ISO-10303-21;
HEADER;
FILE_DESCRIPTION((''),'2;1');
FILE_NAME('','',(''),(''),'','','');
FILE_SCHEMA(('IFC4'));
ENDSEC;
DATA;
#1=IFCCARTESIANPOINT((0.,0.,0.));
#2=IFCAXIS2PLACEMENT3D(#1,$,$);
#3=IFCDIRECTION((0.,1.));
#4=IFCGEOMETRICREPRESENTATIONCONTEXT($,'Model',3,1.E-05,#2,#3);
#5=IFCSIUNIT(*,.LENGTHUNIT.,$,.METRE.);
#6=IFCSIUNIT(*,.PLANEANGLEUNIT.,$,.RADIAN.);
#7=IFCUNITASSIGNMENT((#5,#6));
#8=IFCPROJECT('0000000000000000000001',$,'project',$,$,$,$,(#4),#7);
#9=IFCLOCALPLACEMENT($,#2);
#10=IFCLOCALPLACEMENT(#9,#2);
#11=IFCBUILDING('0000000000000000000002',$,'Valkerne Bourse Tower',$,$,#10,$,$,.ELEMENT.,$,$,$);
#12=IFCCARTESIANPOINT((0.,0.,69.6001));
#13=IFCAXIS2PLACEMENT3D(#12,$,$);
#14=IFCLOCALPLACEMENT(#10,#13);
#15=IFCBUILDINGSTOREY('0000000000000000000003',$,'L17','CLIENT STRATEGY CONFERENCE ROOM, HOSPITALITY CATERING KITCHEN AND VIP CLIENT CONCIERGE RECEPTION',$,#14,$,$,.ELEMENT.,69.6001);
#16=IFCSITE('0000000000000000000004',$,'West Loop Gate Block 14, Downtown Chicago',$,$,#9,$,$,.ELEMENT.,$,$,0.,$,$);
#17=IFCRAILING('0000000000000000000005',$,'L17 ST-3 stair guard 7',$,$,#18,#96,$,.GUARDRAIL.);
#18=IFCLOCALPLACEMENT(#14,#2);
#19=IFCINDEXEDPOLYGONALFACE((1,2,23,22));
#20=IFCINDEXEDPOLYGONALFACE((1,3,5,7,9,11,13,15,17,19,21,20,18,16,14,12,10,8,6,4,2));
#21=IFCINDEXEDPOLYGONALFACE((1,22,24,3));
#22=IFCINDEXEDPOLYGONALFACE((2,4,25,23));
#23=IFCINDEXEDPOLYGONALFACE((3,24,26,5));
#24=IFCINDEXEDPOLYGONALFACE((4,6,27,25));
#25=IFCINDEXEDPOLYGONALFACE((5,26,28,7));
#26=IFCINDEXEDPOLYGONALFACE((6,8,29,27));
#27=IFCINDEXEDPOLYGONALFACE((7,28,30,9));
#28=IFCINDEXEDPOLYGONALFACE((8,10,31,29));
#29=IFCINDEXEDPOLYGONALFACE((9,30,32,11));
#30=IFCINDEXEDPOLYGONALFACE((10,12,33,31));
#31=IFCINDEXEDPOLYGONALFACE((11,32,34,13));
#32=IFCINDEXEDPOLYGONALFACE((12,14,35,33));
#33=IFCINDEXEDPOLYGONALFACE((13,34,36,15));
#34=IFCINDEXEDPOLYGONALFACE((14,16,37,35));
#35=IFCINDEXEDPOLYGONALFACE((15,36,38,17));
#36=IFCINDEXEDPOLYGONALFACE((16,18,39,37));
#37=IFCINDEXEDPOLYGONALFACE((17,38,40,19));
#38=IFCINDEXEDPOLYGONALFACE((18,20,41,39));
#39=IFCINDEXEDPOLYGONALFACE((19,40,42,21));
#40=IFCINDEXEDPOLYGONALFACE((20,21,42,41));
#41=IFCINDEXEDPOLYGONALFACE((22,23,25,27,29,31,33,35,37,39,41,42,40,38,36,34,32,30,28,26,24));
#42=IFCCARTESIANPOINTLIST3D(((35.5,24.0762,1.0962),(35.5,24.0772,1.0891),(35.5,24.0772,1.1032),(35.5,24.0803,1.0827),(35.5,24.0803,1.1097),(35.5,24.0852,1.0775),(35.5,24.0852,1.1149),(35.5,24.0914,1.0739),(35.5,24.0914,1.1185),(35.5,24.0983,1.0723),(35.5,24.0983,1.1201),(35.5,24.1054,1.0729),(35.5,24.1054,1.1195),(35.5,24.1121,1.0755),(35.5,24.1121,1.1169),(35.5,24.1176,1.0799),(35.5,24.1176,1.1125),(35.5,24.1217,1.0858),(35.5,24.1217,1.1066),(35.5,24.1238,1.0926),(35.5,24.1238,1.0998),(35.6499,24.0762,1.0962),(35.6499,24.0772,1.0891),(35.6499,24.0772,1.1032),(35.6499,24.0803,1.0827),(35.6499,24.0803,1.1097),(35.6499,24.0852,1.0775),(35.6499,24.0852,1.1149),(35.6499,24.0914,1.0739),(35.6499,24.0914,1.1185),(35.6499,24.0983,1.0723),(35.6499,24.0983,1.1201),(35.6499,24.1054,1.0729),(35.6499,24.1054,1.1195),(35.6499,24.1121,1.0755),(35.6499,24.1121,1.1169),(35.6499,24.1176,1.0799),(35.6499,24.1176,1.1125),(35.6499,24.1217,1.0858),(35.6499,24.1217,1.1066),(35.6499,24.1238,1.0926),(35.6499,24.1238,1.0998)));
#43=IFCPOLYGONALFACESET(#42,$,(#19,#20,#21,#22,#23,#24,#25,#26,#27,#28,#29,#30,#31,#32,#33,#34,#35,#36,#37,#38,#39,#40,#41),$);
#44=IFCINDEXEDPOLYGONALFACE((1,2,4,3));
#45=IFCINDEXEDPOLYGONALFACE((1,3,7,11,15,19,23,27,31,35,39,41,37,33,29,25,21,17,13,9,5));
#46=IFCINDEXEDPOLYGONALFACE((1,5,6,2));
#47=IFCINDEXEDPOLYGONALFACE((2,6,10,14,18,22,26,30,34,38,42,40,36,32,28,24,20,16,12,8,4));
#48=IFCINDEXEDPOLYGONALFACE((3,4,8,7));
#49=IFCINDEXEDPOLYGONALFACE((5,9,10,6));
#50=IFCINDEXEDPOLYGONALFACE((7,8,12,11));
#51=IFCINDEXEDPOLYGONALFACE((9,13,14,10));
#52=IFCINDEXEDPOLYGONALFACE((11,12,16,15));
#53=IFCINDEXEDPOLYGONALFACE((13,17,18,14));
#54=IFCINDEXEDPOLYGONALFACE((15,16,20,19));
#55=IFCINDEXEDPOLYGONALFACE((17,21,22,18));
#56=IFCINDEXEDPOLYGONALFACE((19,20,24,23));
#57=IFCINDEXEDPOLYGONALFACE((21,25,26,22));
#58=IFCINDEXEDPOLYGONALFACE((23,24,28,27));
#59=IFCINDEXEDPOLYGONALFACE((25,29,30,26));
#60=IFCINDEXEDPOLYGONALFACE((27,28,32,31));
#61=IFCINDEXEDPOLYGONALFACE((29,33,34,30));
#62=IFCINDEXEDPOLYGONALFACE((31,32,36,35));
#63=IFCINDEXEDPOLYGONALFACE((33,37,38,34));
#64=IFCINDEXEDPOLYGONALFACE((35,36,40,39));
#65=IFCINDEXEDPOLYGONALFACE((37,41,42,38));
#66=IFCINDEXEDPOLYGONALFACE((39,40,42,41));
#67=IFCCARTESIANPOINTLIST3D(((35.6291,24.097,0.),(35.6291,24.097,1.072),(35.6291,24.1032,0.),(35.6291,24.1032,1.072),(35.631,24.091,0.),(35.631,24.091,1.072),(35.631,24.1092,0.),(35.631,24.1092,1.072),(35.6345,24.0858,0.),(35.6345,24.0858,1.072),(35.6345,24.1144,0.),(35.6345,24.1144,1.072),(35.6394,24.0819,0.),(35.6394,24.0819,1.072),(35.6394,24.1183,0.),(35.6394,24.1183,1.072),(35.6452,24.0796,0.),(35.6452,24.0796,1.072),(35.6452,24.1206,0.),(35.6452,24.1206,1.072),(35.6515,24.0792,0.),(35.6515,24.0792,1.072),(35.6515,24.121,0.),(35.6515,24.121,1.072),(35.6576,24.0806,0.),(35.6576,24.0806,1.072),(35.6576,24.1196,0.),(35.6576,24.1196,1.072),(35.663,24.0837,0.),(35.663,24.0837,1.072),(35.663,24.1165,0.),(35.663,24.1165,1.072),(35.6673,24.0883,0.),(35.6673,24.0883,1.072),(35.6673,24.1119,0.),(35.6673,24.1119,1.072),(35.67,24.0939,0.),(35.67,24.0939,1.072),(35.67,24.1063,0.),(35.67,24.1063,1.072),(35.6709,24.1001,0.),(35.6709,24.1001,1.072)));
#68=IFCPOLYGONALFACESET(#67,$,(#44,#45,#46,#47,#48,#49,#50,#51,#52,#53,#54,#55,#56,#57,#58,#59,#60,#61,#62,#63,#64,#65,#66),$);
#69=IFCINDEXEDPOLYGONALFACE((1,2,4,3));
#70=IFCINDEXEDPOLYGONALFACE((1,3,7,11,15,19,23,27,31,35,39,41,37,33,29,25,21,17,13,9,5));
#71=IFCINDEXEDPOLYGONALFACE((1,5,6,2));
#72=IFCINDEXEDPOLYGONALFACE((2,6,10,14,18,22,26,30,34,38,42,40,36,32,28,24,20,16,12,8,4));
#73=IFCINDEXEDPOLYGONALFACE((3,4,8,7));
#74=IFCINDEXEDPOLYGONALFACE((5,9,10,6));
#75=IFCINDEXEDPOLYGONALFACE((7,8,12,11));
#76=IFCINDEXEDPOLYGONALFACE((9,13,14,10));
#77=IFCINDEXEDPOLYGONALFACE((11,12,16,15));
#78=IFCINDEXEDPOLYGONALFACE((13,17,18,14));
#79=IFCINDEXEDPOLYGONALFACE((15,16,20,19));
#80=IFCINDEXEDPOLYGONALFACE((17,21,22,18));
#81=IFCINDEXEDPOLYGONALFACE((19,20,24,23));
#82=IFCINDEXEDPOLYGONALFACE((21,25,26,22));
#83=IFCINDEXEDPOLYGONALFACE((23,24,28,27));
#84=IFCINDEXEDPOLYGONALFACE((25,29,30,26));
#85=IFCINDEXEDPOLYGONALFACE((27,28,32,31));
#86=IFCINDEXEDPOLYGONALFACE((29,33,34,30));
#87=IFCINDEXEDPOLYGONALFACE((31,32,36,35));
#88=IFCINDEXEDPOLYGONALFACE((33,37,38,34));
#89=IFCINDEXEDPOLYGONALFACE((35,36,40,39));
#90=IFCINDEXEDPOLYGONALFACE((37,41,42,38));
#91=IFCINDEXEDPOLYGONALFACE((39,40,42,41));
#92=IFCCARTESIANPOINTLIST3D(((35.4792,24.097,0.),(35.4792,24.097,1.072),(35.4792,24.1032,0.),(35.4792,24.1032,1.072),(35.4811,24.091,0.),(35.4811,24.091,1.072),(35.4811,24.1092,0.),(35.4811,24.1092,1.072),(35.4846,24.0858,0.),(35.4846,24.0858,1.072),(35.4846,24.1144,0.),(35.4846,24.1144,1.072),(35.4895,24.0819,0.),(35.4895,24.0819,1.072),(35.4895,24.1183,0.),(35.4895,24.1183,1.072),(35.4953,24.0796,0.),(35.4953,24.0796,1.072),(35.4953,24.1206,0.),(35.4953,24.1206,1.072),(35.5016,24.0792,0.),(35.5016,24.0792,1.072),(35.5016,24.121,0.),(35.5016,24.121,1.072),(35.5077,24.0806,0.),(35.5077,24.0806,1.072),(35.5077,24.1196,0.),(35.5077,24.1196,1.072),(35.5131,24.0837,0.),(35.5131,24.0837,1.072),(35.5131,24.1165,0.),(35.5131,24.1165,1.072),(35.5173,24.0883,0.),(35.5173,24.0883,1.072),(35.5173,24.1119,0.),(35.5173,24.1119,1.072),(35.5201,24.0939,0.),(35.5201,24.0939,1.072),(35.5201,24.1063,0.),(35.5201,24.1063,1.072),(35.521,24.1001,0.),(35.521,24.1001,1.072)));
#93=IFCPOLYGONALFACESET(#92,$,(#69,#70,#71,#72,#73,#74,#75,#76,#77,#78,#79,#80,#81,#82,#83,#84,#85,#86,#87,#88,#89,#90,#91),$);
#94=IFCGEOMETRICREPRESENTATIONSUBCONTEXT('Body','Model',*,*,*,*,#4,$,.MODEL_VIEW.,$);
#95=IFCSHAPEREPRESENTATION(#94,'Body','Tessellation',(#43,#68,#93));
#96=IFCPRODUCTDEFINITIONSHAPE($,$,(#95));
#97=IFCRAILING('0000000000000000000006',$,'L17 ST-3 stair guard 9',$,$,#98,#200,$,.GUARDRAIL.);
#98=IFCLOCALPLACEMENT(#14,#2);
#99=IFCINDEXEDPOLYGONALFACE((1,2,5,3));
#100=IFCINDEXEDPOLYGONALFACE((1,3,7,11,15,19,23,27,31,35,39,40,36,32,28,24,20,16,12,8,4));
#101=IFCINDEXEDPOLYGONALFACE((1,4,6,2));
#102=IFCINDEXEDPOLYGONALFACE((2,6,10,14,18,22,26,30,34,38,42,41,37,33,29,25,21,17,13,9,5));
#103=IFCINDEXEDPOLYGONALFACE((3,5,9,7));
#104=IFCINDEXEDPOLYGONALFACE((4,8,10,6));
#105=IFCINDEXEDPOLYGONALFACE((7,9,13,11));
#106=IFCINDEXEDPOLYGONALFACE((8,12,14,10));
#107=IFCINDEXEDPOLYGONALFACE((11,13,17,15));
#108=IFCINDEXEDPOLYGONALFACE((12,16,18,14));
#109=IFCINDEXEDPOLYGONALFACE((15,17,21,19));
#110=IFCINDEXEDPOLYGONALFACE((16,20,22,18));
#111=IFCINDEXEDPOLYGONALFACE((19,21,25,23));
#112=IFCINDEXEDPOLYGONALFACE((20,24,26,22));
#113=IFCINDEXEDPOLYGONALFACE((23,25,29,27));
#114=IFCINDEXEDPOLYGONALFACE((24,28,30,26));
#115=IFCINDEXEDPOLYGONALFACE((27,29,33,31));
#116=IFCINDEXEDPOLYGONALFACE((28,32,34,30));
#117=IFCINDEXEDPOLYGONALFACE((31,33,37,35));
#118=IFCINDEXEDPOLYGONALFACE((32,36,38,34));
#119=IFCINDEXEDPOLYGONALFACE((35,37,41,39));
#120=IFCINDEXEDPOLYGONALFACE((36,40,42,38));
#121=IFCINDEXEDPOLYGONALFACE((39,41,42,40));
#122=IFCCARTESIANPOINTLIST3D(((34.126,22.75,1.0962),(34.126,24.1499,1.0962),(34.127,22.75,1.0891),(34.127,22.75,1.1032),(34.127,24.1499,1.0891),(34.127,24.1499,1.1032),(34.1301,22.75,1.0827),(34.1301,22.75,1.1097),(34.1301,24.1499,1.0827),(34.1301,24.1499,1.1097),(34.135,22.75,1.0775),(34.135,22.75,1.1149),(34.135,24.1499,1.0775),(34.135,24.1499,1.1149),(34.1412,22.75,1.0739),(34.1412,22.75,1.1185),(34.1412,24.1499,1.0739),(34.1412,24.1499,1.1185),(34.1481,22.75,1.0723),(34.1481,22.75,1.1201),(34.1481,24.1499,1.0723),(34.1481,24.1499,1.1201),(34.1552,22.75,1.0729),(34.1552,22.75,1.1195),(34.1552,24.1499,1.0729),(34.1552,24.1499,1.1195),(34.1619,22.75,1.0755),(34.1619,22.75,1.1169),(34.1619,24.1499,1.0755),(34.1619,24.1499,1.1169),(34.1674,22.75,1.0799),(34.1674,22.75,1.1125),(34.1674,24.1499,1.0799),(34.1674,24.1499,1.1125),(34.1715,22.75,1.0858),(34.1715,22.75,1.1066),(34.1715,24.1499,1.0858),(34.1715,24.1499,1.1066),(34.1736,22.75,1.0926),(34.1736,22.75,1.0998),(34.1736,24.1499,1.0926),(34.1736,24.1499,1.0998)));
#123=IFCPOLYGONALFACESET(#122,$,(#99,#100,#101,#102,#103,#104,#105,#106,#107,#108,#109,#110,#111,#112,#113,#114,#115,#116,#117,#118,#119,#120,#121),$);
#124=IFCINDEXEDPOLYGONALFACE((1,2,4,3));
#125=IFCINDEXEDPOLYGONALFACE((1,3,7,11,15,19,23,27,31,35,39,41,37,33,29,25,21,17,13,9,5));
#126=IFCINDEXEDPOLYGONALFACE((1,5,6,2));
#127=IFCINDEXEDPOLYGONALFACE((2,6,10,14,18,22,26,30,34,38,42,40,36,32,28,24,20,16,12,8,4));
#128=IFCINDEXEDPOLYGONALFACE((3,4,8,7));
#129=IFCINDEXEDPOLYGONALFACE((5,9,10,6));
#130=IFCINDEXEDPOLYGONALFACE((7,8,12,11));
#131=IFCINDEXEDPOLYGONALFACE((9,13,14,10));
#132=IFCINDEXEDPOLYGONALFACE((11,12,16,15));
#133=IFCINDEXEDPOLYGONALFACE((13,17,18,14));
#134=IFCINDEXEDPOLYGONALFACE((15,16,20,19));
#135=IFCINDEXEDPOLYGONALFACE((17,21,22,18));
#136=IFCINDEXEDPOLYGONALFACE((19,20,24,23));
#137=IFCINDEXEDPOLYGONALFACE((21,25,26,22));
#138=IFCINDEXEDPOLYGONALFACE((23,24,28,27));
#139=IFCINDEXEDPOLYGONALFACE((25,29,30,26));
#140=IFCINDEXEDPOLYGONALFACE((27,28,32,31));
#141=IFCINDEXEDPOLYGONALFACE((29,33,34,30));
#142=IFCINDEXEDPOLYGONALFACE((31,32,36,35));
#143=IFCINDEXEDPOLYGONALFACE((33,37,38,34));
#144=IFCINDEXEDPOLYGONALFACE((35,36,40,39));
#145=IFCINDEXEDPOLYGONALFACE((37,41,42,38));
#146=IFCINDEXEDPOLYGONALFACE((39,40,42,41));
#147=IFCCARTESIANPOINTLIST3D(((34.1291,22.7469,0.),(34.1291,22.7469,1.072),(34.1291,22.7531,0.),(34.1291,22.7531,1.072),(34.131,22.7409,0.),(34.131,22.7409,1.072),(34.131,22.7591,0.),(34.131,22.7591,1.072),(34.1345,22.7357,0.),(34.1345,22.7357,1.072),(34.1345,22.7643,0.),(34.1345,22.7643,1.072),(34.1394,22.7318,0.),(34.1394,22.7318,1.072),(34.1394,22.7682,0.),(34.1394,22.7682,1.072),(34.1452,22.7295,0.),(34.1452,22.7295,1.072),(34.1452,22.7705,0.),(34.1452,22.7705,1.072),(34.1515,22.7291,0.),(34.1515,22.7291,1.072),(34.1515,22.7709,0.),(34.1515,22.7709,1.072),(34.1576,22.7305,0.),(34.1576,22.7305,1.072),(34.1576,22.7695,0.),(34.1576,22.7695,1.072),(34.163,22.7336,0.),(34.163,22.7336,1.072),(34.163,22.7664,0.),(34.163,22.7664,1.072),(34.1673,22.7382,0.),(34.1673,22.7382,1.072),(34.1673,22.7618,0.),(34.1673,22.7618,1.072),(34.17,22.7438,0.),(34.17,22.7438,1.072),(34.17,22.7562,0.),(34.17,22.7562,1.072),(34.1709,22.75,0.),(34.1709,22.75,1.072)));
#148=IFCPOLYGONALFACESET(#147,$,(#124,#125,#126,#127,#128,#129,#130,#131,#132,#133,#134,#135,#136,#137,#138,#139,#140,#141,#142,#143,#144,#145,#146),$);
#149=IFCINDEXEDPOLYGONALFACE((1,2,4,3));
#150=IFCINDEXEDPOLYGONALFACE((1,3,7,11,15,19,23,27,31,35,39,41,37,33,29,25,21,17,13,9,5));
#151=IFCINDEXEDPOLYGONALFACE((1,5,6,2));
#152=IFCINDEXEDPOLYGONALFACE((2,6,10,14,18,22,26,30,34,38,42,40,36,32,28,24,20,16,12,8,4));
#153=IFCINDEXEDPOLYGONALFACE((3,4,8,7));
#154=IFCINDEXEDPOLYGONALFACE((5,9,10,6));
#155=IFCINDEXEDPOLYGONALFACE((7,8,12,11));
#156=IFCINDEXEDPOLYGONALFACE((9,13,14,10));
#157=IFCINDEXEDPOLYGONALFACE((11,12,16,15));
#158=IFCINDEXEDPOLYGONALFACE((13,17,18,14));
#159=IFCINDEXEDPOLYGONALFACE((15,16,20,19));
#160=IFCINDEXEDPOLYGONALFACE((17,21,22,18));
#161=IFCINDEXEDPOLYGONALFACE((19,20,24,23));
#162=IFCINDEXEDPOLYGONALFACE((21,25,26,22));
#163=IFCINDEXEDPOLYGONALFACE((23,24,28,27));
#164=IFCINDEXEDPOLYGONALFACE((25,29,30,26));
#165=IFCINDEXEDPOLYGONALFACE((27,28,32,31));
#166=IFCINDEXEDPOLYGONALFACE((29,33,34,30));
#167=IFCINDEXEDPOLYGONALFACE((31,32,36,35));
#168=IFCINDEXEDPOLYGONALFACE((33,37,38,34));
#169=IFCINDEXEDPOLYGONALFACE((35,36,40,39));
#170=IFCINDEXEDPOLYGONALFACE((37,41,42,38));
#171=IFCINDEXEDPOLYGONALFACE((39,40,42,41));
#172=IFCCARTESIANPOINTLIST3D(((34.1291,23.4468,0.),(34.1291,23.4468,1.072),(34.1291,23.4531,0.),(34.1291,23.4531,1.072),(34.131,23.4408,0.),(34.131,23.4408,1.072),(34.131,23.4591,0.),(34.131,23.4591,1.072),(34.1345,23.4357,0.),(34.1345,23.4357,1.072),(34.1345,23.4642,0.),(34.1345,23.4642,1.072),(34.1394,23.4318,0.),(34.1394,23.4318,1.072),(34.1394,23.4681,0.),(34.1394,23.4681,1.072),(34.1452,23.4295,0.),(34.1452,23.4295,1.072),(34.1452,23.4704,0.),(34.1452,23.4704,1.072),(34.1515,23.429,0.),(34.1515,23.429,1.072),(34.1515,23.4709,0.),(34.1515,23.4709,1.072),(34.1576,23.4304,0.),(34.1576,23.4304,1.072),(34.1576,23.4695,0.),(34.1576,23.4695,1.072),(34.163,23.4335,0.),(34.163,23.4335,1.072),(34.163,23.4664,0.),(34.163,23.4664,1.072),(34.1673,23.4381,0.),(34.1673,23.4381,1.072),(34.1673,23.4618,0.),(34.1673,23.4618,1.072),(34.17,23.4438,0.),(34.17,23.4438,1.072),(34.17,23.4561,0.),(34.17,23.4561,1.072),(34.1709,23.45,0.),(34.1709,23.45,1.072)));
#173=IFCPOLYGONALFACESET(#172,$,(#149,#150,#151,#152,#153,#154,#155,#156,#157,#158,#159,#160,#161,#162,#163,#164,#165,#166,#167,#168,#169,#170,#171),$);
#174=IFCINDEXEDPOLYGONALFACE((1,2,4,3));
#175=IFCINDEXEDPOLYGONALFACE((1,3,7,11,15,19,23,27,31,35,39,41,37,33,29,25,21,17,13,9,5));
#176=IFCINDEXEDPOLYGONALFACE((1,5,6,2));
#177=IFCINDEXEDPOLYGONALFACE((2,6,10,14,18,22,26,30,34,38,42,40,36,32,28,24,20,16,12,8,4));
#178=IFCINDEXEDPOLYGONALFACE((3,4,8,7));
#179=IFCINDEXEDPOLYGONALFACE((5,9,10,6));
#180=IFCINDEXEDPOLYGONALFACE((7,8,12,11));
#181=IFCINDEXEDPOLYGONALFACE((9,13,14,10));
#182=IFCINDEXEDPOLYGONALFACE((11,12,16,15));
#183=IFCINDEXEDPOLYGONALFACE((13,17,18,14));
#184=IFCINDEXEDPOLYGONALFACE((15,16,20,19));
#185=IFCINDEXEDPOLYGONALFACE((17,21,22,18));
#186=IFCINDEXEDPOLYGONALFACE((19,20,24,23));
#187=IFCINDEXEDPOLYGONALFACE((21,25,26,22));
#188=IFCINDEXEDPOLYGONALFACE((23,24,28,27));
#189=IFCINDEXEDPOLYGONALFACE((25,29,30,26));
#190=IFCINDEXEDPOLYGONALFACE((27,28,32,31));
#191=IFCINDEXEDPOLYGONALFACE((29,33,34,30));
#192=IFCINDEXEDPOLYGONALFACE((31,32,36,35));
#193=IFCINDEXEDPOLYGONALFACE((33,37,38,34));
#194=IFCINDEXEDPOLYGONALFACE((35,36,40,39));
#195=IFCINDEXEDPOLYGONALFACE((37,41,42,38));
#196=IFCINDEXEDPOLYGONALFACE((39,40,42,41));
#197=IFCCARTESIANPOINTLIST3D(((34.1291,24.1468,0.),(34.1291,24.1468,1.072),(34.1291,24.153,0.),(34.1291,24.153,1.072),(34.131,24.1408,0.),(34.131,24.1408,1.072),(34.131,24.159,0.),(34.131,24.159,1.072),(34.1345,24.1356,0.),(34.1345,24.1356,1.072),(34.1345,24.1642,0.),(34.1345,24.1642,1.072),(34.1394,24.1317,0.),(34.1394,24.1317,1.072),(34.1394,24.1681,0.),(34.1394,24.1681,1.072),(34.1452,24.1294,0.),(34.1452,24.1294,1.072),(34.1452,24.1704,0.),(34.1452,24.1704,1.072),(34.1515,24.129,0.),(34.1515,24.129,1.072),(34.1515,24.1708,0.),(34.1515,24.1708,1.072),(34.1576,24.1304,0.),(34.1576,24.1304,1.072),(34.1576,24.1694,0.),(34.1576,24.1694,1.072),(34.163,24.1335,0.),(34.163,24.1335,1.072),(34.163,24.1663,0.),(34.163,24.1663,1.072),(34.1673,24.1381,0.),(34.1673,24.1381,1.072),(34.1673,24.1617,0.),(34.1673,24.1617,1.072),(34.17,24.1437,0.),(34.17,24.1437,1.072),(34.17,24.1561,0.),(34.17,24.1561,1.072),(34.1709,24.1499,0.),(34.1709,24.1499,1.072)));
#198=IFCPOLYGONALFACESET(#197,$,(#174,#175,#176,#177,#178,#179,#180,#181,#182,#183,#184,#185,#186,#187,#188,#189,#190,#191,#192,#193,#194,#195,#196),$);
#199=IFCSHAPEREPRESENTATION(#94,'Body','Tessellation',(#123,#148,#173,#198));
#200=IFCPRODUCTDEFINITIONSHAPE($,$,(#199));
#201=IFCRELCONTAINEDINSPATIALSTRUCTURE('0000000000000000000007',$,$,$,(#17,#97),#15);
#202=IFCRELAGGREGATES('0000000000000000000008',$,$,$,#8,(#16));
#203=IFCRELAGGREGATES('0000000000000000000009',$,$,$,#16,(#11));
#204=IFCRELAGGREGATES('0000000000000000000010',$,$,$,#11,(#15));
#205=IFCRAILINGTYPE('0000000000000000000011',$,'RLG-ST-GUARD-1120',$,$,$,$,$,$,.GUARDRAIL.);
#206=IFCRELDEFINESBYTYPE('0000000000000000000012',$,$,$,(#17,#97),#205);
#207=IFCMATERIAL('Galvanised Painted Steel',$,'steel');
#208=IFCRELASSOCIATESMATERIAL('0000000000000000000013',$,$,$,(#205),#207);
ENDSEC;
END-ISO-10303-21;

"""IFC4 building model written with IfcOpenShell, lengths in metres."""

from ifc_helpers import new_model, si_unit, direction, frame, origin, origin_2d, place, context, subcontext, project, spatial, circle, extrude, material, type_object, element, save


model = new_model("IFC4")

# Units and contexts
model_context = context("Model", 3, precision=1e-05, world=origin(), true_north=direction((0.0, 1.0)))
body_context = subcontext(model_context, "Body", "Model", "MODEL_VIEW")
ifc_project = project(units=[si_unit("LENGTHUNIT", "METRE"), si_unit("PLANEANGLEUNIT", "RADIAN")], contexts=[model_context])

# Site, building, storey
site_placement = place(None, origin())
site = spatial("IfcSite", under=ifc_project, at=site_placement, Name="West Loop Gate Block 14, Downtown Chicago", CompositionType="ELEMENT", RefElevation=0.0)
building_placement = place(site_placement, origin())
building = spatial("IfcBuilding", under=site, at=building_placement, Name="Valkerne Bourse Tower", CompositionType="ELEMENT")
storey_placement = place(building_placement, frame((0.0, 0.0, 69.6001)))
storey = spatial("IfcBuildingStorey", under=building, at=storey_placement, Name="L17", Description="CLIENT STRATEGY CONFERENCE ROOM, HOSPITALITY CATERING KITCHEN AND VIP CLIENT CONCIERGE RECEPTION", CompositionType="ELEMENT", Elevation=69.6001)

# Shared definitions
ifc_material_1 = material(Name="Galvanised Painted Steel", Category="steel")

# Railings
railing_type = type_object("IfcRailingType", Name="RLG-ST-GUARD-1120", PredefinedType="GUARDRAIL", material=ifc_material_1)
railing_1_placement = place(storey_placement, frame((35.6499, 24.1001, 0.0)))
element("IfcRailing", 1, at=railing_1_placement, inside=storey, type_object=railing_type, Name="L17 ST-3 stair guard 7", PredefinedType="GUARDRAIL", context=body_context, shape_type="SweptSolid", body=[
    extrude(circle(Radius=0.0239, at=origin_2d()), frame((0.0, 0.0, 1.0962), z_axis=(-1.0, 0.0, 0.0), x_axis=(0.0, -1.0, 0.0)), (0.0, 0.0, 1.0), 0.1499),
    extrude(circle(Radius=0.021, at=origin_2d()), origin(), (0.0, 0.0, 1.0), 1.072),
    extrude(circle(Radius=0.021, at=origin_2d()), frame((-0.1499, 0.0, 0.0)), (0.0, 0.0, 1.0), 1.072),
])
railing_2_placement = place(storey_placement, frame((34.1499, 22.75, 0.0)))
element("IfcRailing", 2, at=railing_2_placement, inside=storey, type_object=railing_type, Name="L17 ST-3 stair guard 9", PredefinedType="GUARDRAIL", context=body_context, shape_type="SweptSolid", body=[
    extrude(circle(Radius=0.0239, at=origin_2d()), frame((0.0, 0.0, 1.0962), z_axis=(0.0, 1.0, 0.0), x_axis=(-1.0, 0.0, 0.0)), (0.0, 0.0, 1.0), 1.3999),
    extrude(circle(Radius=0.021, at=origin_2d()), origin(), (0.0, 0.0, 1.0), 1.072),
    extrude(circle(Radius=0.021, at=origin_2d()), frame((0.0, 0.7, 0.0)), (0.0, 0.0, 1.0), 1.072),
    extrude(circle(Radius=0.021, at=origin_2d()), frame((0.0, 1.3999, 0.0)), (0.0, 0.0, 1.0), 1.072),
])

save(model, "model.ifc")
